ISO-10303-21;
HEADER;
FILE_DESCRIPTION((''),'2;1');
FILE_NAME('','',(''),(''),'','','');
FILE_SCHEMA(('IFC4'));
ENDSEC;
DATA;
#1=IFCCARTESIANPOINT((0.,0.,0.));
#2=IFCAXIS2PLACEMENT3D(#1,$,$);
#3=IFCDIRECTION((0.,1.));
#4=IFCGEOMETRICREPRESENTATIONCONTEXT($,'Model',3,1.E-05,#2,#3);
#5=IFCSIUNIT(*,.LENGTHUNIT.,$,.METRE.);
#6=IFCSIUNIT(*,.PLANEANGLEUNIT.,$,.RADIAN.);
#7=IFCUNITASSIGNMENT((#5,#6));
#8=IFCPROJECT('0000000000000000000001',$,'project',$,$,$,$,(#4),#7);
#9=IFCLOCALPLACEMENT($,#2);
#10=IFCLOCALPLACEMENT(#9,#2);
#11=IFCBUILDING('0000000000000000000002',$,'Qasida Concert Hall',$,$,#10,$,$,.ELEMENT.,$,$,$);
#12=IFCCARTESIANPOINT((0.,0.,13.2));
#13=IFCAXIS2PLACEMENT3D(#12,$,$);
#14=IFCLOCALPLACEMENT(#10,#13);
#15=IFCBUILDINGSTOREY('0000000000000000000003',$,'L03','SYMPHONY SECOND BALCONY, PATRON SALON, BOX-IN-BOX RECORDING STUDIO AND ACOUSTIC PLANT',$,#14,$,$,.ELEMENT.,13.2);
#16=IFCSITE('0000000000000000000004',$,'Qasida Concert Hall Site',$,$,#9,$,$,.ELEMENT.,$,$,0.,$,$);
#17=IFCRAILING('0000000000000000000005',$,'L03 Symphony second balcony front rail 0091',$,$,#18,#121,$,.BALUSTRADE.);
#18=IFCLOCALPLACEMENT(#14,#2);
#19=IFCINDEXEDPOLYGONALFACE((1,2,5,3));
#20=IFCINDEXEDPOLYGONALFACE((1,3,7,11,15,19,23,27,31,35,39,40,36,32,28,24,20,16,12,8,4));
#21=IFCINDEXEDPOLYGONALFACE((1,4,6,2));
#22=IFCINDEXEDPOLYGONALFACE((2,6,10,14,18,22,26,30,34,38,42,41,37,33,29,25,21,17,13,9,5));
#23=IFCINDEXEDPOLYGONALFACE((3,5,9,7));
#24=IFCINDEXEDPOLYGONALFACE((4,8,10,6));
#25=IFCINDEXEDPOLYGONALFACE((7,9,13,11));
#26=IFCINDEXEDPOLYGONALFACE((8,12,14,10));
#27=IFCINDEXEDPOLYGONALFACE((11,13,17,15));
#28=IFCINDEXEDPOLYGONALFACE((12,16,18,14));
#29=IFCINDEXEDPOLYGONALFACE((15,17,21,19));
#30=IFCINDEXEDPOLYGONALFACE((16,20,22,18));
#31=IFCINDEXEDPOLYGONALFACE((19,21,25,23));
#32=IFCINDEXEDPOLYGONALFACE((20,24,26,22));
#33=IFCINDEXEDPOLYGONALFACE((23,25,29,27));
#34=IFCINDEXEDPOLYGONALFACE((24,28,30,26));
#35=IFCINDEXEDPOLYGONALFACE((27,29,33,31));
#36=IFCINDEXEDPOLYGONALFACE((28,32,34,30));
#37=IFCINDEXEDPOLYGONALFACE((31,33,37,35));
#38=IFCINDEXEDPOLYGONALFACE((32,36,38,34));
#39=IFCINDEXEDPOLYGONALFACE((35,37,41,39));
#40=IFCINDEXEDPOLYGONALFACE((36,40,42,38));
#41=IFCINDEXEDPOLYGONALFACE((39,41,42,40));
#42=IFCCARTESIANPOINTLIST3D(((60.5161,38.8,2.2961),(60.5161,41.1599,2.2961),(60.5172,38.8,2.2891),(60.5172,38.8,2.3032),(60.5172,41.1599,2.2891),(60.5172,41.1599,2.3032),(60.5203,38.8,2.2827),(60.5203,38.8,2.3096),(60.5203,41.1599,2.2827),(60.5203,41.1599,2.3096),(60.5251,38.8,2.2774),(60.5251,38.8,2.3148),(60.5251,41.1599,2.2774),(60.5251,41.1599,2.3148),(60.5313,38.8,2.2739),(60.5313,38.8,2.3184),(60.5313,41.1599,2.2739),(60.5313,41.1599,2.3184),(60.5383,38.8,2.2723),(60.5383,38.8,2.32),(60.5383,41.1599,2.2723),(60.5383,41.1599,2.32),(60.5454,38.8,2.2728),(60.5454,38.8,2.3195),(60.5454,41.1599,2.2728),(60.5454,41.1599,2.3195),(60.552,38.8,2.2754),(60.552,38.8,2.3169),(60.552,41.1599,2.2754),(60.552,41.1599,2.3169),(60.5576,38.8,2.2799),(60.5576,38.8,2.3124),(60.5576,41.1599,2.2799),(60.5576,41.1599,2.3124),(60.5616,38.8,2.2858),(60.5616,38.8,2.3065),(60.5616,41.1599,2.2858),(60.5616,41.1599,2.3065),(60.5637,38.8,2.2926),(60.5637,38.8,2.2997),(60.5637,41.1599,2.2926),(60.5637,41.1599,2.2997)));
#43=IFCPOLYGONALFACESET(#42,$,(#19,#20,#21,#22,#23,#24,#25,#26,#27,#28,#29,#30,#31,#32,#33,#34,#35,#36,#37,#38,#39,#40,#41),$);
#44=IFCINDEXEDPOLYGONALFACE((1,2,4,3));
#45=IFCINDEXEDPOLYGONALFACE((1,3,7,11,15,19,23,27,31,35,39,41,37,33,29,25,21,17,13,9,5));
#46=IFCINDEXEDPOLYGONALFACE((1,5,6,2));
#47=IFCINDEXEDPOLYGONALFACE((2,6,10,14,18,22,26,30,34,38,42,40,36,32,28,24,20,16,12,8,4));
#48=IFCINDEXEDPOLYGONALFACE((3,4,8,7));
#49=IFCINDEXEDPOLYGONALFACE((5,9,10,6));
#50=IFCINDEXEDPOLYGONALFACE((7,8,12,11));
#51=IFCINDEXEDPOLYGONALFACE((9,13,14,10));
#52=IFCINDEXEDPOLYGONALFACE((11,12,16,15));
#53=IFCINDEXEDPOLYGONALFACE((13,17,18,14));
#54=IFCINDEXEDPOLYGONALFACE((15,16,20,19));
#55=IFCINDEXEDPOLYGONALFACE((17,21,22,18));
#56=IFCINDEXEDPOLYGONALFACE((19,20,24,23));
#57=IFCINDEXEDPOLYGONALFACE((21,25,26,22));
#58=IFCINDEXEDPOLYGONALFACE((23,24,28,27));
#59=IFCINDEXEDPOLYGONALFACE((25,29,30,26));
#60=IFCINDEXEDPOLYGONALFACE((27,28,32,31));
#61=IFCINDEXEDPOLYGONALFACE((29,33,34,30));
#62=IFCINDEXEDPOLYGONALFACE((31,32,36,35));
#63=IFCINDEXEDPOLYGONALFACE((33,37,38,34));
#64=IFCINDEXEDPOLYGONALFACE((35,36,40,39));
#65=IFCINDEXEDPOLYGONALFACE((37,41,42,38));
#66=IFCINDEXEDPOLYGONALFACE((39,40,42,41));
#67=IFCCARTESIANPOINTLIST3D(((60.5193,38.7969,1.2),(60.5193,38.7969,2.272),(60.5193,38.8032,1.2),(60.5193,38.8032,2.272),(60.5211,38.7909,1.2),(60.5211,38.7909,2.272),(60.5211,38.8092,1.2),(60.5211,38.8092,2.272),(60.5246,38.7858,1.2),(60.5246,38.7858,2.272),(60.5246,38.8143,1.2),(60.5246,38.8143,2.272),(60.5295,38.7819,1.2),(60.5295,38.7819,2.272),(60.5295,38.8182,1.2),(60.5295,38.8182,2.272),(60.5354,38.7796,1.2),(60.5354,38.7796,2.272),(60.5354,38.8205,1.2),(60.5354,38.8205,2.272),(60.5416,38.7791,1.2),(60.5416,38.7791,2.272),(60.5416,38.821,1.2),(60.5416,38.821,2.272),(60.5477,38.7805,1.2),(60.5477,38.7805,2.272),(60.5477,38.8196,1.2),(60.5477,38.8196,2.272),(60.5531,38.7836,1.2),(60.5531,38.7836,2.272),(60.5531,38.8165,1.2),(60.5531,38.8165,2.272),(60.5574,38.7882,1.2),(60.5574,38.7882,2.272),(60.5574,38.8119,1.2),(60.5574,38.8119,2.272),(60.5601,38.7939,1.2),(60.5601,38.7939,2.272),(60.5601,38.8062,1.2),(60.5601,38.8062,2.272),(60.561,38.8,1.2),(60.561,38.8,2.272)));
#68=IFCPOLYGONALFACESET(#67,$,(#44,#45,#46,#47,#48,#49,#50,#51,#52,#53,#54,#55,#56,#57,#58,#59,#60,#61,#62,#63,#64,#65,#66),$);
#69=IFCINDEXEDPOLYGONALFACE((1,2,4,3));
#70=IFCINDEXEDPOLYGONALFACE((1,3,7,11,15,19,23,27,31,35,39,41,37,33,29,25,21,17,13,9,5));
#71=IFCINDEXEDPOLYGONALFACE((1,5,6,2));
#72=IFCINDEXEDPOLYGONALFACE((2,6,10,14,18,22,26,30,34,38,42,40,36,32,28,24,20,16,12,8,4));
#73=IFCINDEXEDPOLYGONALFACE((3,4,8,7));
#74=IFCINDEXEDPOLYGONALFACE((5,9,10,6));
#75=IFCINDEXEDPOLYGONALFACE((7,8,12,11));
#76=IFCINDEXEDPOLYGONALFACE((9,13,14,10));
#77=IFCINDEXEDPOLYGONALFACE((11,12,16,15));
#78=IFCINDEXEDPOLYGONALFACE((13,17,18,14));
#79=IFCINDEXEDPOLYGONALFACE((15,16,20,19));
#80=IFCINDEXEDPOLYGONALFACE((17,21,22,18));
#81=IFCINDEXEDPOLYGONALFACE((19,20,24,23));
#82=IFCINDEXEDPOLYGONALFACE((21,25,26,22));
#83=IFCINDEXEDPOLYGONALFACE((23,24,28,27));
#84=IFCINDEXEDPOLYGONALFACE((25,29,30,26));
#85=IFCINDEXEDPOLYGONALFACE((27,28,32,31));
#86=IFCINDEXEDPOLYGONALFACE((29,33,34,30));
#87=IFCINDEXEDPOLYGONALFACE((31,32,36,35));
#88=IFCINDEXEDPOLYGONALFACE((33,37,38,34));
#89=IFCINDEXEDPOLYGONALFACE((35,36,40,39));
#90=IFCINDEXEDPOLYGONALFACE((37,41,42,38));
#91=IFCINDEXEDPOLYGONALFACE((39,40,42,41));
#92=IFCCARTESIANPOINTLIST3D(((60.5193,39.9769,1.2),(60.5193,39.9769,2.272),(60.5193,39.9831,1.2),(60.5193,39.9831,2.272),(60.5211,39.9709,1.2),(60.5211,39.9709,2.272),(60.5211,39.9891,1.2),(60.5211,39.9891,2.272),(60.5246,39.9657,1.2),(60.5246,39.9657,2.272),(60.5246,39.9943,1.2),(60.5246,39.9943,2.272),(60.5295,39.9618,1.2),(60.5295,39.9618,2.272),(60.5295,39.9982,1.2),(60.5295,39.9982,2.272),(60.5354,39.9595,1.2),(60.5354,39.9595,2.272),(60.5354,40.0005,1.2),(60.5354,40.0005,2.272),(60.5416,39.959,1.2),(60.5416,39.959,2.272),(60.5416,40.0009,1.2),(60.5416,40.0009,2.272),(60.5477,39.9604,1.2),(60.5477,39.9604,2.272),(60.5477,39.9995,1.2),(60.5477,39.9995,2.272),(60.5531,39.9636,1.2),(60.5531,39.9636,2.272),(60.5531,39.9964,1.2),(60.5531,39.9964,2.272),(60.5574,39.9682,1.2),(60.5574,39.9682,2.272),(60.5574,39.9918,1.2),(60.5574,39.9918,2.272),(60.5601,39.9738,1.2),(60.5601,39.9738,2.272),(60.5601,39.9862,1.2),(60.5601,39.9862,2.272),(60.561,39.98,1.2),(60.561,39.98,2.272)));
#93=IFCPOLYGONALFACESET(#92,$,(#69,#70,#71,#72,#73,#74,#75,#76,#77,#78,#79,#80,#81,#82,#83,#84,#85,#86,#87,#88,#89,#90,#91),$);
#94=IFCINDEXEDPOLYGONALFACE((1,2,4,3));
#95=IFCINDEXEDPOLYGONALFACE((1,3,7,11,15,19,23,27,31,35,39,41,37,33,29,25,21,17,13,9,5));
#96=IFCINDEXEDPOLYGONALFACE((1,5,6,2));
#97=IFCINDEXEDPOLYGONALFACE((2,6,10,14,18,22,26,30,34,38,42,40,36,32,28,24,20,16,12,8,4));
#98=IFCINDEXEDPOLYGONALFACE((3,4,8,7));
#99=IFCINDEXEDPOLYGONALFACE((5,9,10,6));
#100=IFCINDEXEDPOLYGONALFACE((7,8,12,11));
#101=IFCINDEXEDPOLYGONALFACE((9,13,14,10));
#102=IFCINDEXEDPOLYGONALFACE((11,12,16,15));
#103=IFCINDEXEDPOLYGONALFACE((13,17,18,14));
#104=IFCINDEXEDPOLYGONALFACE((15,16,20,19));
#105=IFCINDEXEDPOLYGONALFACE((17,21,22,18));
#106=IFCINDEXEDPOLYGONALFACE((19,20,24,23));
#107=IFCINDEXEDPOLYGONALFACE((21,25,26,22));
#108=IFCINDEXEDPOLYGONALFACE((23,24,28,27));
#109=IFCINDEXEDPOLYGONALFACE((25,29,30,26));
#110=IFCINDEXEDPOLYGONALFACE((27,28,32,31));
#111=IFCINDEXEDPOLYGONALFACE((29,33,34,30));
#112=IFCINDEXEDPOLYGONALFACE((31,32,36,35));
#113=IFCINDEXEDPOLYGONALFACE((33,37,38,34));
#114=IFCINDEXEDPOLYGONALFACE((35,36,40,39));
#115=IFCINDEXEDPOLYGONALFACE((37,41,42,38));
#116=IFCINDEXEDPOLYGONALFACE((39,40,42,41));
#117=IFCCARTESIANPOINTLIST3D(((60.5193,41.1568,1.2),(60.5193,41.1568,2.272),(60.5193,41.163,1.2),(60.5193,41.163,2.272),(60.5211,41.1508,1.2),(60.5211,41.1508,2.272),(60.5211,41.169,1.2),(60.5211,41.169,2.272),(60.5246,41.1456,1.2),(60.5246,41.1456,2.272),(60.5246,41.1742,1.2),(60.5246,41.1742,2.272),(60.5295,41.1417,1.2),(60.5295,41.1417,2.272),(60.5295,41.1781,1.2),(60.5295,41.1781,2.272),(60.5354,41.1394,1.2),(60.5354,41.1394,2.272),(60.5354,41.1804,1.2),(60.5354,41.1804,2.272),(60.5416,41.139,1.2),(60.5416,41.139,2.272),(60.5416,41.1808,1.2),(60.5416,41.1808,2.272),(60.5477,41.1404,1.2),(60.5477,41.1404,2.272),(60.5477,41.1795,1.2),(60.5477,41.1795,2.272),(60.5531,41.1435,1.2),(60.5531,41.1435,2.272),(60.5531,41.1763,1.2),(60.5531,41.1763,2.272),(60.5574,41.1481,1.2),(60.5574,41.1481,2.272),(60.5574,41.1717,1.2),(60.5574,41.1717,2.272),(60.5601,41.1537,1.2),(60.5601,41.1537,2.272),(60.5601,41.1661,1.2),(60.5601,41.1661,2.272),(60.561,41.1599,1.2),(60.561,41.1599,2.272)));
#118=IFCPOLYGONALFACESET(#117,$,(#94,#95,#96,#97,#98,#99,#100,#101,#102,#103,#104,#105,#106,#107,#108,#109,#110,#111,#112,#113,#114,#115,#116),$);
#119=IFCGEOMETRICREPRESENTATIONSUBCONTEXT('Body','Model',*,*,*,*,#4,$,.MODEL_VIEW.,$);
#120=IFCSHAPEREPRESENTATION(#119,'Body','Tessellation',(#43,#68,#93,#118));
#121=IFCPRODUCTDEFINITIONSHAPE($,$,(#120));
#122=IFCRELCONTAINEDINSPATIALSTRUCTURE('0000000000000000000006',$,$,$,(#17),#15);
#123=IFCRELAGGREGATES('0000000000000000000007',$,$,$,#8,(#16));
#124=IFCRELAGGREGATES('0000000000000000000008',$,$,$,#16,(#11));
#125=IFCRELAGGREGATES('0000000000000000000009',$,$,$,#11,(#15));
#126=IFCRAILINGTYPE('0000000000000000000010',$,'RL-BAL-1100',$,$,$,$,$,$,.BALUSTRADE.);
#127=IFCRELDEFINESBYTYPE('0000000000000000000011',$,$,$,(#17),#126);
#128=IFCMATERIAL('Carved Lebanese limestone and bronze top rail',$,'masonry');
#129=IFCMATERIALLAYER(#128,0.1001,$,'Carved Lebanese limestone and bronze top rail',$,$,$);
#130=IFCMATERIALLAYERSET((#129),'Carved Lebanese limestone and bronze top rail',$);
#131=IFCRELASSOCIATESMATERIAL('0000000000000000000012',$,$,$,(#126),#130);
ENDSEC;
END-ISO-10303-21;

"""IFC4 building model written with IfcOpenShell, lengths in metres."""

from ifc_helpers import new_model, si_unit, direction, frame, origin, origin_2d, place, context, subcontext, project, spatial, circle, extrude, material, layer, layer_set, type_object, element, save


model = new_model("IFC4")

# Units and contexts
model_context = context("Model", 3, precision=1e-05, world=origin(), true_north=direction((0.0, 1.0)))
body_context = subcontext(model_context, "Body", "Model", "MODEL_VIEW")
ifc_project = project(units=[si_unit("LENGTHUNIT", "METRE"), si_unit("PLANEANGLEUNIT", "RADIAN")], contexts=[model_context])

# Site, building, storey
site_placement = place(None, origin())
site = spatial("IfcSite", under=ifc_project, at=site_placement, Name="Qasida Concert Hall Site", CompositionType="ELEMENT", RefElevation=0.0)
building_placement = place(site_placement, origin())
building = spatial("IfcBuilding", under=site, at=building_placement, Name="Qasida Concert Hall", CompositionType="ELEMENT")
storey_placement = place(building_placement, frame((0.0, 0.0, 13.2)))
storey = spatial("IfcBuildingStorey", under=building, at=storey_placement, Name="L03", Description="SYMPHONY SECOND BALCONY, PATRON SALON, BOX-IN-BOX RECORDING STUDIO AND ACOUSTIC PLANT", CompositionType="ELEMENT", Elevation=13.2)

# Railing
ifc_material_1 = material(Name="Carved Lebanese limestone and bronze top rail", Category="masonry")
ifc_layer_1 = layer(ifc_material_1, 0.1001, Name="Carved Lebanese limestone and bronze top rail")
ifc_layer_set_1 = layer_set([ifc_layer_1], Name="Carved Lebanese limestone and bronze top rail")
railing_type_1 = type_object("IfcRailingType", Name="RL-BAL-1100", PredefinedType="BALUSTRADE", material=ifc_layer_set_1)
railing_1_placement = place(storey_placement, frame((60.54, 38.8, 1.2)))
element("IfcRailing", 1, at=railing_1_placement, inside=storey, type_object=railing_type_1, Name="L03 Symphony second balcony front rail 0091", PredefinedType="BALUSTRADE", context=body_context, shape_type="SweptSolid", body=[
    extrude(circle(Radius=0.0239, at=origin_2d()), frame((0.0, 0.0, 1.0962), z_axis=(0.0, 1.0, 0.0), x_axis=(-1.0, 0.0, 0.0)), (0.0, 0.0, 1.0), 2.3599),
    extrude(circle(Radius=0.021, at=origin_2d()), origin(), (0.0, 0.0, 1.0), 1.072),
    extrude(circle(Radius=0.021, at=origin_2d()), frame((0.0, 1.1799, 0.0)), (0.0, 0.0, 1.0), 1.072),
    extrude(circle(Radius=0.021, at=origin_2d()), frame((0.0, 2.3599, 0.0)), (0.0, 0.0, 1.0), 1.072),
])

save(model, "model.ifc")
